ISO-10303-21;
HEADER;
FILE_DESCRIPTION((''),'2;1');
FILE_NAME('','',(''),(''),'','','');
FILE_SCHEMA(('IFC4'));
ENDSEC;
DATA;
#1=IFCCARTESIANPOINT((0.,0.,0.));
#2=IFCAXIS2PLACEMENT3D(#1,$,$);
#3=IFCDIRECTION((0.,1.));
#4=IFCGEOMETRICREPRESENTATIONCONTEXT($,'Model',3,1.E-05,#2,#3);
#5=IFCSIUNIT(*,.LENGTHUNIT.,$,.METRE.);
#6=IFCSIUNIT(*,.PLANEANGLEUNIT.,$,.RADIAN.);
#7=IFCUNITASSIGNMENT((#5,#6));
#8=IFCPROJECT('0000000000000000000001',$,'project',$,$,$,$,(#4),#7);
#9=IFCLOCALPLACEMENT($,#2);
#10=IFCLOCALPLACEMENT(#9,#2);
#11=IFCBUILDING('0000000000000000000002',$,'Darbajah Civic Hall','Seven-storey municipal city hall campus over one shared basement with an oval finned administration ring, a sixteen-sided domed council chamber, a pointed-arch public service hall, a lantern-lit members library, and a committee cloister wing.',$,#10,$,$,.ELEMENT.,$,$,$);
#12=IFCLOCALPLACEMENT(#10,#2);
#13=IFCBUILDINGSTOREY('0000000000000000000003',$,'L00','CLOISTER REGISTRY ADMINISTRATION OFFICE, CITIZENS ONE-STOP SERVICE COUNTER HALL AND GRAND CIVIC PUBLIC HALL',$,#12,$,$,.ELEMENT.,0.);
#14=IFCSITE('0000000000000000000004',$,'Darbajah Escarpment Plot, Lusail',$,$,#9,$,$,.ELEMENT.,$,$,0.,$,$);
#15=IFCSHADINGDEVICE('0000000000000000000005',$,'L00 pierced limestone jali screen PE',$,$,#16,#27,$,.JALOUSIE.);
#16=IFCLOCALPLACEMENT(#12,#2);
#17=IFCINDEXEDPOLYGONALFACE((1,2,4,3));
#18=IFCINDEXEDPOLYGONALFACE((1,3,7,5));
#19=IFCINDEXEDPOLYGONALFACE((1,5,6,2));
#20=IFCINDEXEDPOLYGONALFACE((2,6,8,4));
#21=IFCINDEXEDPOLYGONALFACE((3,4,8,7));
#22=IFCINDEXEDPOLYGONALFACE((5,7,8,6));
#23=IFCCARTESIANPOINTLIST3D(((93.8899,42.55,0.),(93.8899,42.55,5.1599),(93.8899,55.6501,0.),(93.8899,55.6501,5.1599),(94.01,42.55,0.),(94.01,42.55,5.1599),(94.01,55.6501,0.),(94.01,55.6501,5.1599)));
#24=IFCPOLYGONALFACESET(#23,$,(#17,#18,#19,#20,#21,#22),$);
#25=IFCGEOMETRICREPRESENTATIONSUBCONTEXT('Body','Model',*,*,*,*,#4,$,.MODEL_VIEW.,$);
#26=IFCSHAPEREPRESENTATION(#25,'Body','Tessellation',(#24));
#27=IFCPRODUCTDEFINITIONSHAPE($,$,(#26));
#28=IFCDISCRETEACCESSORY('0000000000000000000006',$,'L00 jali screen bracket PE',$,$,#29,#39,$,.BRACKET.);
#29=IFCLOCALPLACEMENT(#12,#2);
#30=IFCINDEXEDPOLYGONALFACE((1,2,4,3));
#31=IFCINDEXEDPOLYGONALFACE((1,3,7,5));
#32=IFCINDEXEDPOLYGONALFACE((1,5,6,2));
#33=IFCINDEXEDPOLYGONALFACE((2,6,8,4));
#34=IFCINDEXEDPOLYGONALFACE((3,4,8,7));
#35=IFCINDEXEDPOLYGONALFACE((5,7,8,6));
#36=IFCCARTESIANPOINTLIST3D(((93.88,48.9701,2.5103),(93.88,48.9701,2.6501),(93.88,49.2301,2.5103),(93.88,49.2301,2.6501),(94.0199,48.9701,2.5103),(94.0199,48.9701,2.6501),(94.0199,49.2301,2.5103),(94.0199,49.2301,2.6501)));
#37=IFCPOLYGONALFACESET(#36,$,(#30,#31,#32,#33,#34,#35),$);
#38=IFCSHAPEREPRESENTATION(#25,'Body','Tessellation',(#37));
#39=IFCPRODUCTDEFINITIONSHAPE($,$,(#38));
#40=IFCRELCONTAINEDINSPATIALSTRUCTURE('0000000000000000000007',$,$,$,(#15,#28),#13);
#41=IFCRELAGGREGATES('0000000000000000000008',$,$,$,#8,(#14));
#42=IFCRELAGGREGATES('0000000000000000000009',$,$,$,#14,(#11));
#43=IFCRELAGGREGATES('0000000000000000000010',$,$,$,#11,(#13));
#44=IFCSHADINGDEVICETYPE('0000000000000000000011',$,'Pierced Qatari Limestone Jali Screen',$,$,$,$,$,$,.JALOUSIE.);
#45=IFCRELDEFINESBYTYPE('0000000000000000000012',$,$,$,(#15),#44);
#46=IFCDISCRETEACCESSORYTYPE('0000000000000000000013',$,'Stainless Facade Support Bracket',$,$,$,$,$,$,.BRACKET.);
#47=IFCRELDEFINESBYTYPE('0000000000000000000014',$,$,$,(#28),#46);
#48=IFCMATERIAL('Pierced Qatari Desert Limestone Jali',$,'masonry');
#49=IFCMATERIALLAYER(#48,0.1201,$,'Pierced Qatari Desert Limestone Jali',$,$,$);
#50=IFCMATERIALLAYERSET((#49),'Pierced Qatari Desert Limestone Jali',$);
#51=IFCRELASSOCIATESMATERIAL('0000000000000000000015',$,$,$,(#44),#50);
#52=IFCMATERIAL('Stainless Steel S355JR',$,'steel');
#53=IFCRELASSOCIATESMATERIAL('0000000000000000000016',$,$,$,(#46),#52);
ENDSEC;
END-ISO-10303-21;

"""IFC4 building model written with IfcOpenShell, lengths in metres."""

from ifc_helpers import new_model, si_unit, direction, frame, origin, origin_2d, place, context, subcontext, project, spatial, rectangle, extrude, material, layer, layer_set, type_object, element, save


model = new_model("IFC4")

# Units and contexts
model_context = context("Model", 3, precision=1e-05, world=origin(), true_north=direction((0.0, 1.0)))
body_context = subcontext(model_context, "Body", "Model", "MODEL_VIEW")
ifc_project = project(units=[si_unit("LENGTHUNIT", "METRE"), si_unit("PLANEANGLEUNIT", "RADIAN")], contexts=[model_context])

# Site, building, storey
site_placement = place(None, origin())
site = spatial("IfcSite", under=ifc_project, at=site_placement, Name="Darbajah Escarpment Plot, Lusail", CompositionType="ELEMENT", RefElevation=0.0)
building_placement = place(site_placement, origin())
building = spatial("IfcBuilding", under=site, at=building_placement, Name="Darbajah Civic Hall", Description="Seven-storey municipal city hall campus over one shared basement with an oval finned administration ring, a sixteen-sided domed council chamber, a pointed-arch public service hall, a lantern-lit members library, and a committee cloister wing.", CompositionType="ELEMENT")
storey_placement = place(building_placement, origin())
storey = spatial("IfcBuildingStorey", under=building, at=storey_placement, Name="L00", Description="CLOISTER REGISTRY ADMINISTRATION OFFICE, CITIZENS ONE-STOP SERVICE COUNTER HALL AND GRAND CIVIC PUBLIC HALL", CompositionType="ELEMENT", Elevation=0.0)

# Shading device
ifc_material_1 = material(Name="Pierced Qatari Desert Limestone Jali", Category="masonry")
ifc_layer_1 = layer(ifc_material_1, 0.1201, Name="Pierced Qatari Desert Limestone Jali")
ifc_layer_set_1 = layer_set([ifc_layer_1], Name="Pierced Qatari Desert Limestone Jali")
shading_device_type = type_object("IfcShadingDeviceType", Name="Pierced Qatari Limestone Jali Screen", PredefinedType="JALOUSIE", material=ifc_layer_set_1)
shading_device_placement = place(storey_placement, frame((93.95, 49.1001, 0.0), z_axis=(0.0, 0.0, 1.0), x_axis=(0.0, 1.0, 0.0)))
element("IfcShadingDevice", 1, at=shading_device_placement, inside=storey, type_object=shading_device_type, Name="L00 pierced limestone jali screen PE", PredefinedType="JALOUSIE", context=body_context, shape_type="SweptSolid", body=[
    extrude(rectangle(XDim=13.1001, YDim=0.1201, at=origin_2d()), origin(), (0.0, 0.0, 1.0), 5.1599),
])

# Discrete accessory
ifc_material_2 = material(Name="Stainless Steel S355JR", Category="steel")
discrete_accessory_type = type_object("IfcDiscreteAccessoryType", Name="Stainless Facade Support Bracket", PredefinedType="BRACKET", material=ifc_material_2)
discrete_accessory_placement = place(storey_placement, frame((93.95, 49.1001, 2.5103), z_axis=(0.0, 0.0, 1.0), x_axis=(0.0, 1.0, 0.0)))
element("IfcDiscreteAccessory", 2, at=discrete_accessory_placement, inside=storey, type_object=discrete_accessory_type, Name="L00 jali screen bracket PE", PredefinedType="BRACKET", context=body_context, shape_type="SweptSolid", body=[
    extrude(rectangle(XDim=0.26, YDim=0.1399, at=origin_2d()), origin(), (0.0, 0.0, 1.0), 0.1399),
])

save(model, "model.ifc")
